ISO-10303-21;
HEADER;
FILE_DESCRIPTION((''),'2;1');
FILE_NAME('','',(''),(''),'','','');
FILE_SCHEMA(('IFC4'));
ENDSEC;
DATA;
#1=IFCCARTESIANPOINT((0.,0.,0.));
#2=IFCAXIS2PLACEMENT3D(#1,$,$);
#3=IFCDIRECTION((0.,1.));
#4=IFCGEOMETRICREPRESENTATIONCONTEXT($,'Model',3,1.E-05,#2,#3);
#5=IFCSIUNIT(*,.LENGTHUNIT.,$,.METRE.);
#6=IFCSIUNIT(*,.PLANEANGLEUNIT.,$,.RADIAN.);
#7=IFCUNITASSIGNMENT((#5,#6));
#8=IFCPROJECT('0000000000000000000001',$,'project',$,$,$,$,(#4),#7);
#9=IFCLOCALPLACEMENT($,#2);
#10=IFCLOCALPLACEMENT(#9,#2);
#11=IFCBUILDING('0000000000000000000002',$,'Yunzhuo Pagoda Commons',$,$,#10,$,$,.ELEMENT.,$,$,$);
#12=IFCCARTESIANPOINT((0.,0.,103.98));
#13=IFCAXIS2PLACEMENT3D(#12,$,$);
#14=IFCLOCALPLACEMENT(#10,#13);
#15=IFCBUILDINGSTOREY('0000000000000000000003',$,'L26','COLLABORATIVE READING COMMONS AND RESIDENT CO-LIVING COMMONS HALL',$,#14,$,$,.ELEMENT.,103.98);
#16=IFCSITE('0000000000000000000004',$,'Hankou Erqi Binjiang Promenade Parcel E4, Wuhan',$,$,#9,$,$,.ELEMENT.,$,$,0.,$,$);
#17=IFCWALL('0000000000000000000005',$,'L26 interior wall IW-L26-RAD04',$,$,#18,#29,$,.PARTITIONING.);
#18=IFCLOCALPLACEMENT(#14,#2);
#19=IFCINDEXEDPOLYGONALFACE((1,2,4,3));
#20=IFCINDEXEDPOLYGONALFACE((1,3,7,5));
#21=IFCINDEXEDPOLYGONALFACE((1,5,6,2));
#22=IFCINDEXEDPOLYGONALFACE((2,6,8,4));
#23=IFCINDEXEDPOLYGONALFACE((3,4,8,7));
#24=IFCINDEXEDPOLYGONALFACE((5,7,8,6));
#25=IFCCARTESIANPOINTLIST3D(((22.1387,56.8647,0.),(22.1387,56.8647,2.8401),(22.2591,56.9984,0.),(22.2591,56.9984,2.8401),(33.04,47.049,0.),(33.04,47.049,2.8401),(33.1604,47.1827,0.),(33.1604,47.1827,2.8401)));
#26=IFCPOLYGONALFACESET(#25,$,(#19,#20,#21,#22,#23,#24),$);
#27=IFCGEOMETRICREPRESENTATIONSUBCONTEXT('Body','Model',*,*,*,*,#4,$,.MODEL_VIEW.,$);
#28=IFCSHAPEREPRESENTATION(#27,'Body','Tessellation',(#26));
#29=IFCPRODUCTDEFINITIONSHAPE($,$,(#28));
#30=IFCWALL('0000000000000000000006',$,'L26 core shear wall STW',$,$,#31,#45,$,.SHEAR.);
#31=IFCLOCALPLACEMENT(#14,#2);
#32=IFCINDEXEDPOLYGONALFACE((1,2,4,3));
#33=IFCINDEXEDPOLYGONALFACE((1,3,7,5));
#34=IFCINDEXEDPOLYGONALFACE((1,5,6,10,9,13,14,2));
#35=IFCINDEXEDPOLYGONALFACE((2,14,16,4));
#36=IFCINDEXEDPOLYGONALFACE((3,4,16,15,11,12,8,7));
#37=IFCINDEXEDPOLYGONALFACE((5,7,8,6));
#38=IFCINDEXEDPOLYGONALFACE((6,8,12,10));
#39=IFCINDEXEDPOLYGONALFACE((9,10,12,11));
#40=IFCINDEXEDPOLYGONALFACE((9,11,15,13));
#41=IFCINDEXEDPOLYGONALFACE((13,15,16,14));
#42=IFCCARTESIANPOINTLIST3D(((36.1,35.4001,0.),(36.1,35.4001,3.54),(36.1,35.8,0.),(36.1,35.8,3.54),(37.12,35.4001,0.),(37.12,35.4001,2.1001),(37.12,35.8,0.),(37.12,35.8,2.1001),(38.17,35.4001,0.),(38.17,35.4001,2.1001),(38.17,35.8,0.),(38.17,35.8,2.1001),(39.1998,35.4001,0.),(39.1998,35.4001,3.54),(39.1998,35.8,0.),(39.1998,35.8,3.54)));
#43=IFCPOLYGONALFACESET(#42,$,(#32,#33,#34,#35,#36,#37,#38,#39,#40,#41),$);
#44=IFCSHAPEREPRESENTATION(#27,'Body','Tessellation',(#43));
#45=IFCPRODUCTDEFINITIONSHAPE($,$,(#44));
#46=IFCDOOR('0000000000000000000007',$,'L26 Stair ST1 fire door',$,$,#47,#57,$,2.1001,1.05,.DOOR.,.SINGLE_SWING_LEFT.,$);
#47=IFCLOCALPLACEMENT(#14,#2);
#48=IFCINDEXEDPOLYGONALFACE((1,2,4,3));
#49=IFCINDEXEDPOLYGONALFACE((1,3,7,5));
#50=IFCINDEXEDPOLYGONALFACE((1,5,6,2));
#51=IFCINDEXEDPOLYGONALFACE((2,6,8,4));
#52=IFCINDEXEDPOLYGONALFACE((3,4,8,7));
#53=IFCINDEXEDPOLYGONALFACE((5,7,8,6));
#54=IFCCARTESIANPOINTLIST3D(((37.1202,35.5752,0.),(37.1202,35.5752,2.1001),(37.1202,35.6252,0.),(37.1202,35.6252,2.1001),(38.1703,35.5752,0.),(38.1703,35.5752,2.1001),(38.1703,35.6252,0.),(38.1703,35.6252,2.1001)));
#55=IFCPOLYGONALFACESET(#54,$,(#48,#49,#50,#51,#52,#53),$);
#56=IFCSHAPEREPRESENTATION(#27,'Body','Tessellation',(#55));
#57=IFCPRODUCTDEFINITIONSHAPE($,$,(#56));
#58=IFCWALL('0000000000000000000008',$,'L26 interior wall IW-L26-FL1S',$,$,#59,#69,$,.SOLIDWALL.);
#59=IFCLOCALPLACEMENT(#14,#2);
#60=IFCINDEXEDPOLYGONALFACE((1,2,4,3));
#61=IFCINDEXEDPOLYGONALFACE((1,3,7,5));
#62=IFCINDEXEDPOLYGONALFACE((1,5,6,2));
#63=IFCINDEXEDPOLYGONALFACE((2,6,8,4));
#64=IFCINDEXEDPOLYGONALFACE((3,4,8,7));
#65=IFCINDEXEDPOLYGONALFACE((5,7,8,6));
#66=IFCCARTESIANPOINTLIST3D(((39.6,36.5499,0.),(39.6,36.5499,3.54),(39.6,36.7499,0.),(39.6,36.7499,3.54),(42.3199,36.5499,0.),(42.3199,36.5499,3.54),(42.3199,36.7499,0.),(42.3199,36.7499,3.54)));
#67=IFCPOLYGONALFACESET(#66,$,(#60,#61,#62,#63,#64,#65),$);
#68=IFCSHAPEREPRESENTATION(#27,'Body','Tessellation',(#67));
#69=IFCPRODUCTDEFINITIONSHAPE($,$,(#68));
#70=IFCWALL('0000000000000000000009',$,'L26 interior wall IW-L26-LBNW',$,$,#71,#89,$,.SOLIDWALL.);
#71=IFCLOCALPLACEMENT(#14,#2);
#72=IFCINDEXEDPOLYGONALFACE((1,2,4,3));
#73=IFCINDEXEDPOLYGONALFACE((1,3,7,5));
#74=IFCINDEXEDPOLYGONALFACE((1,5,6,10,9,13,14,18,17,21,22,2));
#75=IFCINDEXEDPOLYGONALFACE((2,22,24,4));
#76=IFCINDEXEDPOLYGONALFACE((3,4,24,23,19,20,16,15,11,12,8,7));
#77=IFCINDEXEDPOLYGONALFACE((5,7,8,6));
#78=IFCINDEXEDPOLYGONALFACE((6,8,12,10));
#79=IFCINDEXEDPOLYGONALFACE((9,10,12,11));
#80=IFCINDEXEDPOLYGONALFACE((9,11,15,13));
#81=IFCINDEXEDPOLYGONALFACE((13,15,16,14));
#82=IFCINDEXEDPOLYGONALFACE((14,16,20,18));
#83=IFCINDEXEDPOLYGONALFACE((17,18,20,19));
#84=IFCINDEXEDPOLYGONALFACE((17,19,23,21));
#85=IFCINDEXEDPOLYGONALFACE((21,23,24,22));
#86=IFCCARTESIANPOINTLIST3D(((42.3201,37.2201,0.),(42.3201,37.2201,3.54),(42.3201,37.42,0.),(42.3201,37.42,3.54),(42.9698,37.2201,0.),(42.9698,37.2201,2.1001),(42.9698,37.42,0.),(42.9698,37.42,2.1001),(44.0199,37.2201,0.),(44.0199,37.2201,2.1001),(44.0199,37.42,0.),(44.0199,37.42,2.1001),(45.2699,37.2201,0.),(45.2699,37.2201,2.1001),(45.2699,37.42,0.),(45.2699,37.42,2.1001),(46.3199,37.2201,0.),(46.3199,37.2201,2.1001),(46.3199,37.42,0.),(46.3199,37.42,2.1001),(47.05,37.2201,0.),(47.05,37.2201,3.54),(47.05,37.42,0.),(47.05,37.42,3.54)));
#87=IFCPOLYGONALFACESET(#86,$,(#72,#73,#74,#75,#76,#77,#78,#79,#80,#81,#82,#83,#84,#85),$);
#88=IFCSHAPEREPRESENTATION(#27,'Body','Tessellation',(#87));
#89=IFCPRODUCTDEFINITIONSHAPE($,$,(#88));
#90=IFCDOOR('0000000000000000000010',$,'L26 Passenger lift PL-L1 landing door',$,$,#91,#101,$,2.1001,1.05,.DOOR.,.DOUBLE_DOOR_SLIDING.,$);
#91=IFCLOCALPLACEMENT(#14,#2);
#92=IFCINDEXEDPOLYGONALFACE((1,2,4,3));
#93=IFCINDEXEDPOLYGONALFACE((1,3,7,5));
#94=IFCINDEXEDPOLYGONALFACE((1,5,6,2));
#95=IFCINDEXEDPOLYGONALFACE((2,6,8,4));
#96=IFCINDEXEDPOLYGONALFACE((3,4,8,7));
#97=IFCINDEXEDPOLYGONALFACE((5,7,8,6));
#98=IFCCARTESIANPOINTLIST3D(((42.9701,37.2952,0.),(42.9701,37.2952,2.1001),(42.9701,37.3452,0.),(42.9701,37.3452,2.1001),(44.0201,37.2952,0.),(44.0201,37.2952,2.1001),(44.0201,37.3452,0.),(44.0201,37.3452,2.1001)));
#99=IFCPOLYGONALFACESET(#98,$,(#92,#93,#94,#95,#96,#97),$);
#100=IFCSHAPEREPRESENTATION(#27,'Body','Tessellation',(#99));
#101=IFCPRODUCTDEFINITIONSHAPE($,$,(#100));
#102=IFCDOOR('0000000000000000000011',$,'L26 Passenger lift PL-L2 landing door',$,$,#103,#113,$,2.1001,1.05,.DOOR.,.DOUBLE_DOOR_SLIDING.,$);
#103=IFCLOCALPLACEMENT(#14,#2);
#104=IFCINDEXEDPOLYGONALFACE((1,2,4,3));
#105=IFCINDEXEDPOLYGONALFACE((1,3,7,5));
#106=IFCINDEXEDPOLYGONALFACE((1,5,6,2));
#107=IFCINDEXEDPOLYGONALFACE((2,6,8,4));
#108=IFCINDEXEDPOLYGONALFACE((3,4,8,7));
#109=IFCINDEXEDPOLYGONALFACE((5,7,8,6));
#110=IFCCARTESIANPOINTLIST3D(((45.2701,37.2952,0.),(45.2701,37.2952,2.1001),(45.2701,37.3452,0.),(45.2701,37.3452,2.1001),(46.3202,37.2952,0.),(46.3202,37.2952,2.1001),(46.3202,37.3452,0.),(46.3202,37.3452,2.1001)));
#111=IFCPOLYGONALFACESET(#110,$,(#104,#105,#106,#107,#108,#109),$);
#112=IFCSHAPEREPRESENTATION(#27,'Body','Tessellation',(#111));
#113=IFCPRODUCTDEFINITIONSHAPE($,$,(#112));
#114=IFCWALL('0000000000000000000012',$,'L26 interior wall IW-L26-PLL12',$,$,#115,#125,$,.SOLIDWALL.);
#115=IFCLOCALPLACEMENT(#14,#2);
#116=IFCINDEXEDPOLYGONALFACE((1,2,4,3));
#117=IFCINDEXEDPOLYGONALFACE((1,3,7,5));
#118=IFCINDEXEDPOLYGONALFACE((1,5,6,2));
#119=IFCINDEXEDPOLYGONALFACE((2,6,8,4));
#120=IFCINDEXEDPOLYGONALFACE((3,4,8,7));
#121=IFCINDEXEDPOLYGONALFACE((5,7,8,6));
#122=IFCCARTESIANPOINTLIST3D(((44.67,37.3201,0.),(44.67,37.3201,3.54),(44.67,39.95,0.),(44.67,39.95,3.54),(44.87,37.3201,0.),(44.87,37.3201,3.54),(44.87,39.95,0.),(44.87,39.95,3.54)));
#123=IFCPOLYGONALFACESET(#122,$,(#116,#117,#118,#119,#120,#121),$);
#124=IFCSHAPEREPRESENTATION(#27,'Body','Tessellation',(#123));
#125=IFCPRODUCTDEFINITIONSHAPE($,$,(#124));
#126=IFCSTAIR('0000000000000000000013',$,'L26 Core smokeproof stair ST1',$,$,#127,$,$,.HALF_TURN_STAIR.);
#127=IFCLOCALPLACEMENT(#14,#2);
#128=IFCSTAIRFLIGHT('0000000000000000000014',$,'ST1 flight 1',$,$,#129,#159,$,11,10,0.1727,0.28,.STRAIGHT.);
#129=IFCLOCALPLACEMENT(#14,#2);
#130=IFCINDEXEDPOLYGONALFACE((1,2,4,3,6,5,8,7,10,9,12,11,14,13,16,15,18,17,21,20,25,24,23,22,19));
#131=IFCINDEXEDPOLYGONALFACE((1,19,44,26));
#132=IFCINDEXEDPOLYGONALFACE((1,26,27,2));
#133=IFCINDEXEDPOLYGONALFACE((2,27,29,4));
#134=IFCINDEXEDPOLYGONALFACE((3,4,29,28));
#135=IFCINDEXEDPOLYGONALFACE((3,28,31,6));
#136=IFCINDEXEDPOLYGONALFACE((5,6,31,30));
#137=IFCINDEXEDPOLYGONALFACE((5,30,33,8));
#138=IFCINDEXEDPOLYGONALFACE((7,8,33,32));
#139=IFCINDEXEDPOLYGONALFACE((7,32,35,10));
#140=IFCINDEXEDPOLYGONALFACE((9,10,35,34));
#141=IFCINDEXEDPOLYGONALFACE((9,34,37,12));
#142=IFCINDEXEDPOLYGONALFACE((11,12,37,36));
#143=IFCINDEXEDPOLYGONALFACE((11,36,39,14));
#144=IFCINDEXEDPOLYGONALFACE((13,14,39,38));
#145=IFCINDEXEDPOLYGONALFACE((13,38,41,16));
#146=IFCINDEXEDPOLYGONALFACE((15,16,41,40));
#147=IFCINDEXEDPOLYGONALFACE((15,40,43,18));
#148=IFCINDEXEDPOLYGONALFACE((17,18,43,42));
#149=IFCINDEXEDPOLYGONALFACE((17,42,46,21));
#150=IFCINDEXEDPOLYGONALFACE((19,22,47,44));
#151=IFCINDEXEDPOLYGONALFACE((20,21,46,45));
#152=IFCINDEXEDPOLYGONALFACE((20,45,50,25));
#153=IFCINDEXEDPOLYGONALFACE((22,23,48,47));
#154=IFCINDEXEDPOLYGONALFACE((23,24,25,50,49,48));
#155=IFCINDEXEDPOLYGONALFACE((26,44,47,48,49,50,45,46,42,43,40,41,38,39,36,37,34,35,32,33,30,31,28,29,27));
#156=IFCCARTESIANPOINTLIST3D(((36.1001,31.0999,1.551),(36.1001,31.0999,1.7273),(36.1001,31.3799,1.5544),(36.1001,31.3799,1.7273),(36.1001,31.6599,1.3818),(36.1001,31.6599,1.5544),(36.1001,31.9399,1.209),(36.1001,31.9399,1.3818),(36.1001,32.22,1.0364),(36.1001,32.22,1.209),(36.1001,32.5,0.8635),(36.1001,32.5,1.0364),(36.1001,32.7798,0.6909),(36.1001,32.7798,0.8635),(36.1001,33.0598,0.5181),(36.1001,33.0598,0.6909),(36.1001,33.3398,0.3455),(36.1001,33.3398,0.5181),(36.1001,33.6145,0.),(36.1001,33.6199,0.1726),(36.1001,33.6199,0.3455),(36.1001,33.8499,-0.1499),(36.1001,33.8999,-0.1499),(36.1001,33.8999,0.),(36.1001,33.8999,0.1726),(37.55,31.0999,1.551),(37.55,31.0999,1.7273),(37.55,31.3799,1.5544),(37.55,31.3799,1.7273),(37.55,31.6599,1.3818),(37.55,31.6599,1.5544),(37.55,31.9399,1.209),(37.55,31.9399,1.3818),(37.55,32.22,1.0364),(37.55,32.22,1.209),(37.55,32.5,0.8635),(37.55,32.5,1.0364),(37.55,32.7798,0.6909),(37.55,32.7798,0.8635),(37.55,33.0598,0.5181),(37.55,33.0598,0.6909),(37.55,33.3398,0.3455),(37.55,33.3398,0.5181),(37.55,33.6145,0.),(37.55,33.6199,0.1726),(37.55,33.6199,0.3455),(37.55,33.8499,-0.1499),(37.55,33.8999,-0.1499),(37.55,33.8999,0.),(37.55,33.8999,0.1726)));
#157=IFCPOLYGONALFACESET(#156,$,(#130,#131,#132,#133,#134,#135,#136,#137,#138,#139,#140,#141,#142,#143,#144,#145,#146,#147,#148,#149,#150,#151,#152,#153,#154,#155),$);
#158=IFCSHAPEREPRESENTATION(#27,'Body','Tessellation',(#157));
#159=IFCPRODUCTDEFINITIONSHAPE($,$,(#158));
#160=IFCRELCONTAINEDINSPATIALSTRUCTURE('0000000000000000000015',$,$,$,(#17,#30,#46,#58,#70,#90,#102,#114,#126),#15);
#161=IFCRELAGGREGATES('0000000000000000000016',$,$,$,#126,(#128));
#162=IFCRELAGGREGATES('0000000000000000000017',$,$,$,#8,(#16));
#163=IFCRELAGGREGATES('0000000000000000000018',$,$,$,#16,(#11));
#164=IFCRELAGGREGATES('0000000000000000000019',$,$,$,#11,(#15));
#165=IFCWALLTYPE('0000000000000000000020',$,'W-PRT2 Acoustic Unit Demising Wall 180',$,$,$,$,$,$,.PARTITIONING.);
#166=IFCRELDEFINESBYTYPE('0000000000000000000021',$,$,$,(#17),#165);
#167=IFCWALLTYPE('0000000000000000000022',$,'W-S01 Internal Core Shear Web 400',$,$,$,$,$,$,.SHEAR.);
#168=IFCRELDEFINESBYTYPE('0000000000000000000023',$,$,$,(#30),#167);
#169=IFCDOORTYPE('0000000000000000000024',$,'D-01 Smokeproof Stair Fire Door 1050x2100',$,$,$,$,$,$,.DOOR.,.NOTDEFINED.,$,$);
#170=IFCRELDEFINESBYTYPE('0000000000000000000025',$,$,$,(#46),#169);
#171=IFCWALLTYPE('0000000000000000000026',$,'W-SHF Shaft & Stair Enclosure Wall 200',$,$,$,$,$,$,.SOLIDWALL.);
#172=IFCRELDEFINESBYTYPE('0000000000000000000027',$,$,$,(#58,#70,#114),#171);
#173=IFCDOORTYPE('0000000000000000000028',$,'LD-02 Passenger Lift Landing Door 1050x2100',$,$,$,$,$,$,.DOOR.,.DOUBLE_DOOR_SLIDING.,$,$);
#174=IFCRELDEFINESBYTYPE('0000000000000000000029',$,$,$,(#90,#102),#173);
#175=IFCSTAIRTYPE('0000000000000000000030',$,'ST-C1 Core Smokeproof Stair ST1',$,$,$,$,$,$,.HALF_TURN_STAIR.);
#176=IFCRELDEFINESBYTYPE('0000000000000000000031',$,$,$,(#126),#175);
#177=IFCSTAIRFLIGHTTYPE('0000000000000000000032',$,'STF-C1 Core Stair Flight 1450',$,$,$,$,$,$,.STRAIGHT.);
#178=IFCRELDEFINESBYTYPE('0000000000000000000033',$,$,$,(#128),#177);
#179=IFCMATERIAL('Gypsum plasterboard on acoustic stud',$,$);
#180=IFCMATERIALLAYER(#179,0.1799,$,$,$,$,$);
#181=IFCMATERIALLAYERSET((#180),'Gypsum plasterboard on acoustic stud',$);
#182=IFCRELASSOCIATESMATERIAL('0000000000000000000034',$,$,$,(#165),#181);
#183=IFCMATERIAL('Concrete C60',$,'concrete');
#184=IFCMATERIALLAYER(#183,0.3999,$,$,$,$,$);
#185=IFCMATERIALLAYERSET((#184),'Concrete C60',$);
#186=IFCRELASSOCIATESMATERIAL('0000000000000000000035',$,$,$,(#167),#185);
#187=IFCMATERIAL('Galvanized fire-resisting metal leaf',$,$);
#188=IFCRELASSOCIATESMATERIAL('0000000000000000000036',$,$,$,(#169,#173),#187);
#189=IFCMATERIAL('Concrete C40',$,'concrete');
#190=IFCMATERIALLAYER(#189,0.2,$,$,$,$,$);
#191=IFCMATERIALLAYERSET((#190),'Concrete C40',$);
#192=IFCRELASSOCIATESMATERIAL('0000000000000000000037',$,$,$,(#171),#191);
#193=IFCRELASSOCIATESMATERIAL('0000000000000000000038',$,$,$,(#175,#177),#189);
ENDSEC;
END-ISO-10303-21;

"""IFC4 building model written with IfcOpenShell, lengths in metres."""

from ifc_helpers import new_model, si_unit, direction, frame, frame_2d, origin, place, context, subcontext, project, spatial, polyline, rectangle, outline, extrude, source, transform, mapped, material, layer, layer_set, type_object, element, fill, aggregate, save


model = new_model("IFC4")

# Units and contexts
model_context = context("Model", 3, precision=1e-05, world=origin(), true_north=direction((0.0, 1.0)))
body_context = subcontext(model_context, "Body", "Model", "MODEL_VIEW")
ifc_project = project(units=[si_unit("LENGTHUNIT", "METRE"), si_unit("PLANEANGLEUNIT", "RADIAN")], contexts=[model_context])

# Site, building, storey
site_placement = place(None, origin())
site = spatial("IfcSite", under=ifc_project, at=site_placement, Name="Hankou Erqi Binjiang Promenade Parcel E4, Wuhan", CompositionType="ELEMENT", RefElevation=0.0)
building_placement = place(site_placement, origin())
building = spatial("IfcBuilding", under=site, at=building_placement, Name="Yunzhuo Pagoda Commons", CompositionType="ELEMENT")
storey_placement = place(building_placement, frame((0.0, 0.0, 103.98)))
storey = spatial("IfcBuildingStorey", under=building, at=storey_placement, Name="L26", Description="COLLABORATIVE READING COMMONS AND RESIDENT CO-LIVING COMMONS HALL", CompositionType="ELEMENT", Elevation=103.98)

# Shared definitions
ifc_material_1 = material(Name="Concrete C60", Category="concrete")
ifc_material_2 = material(Name="Galvanized fire-resisting metal leaf")
shared_shape_1 = source(origin(), body_context, "Body", "SweptSolid", [
    extrude(rectangle(XDim=1.05, YDim=2.1001, at=frame_2d((0.5249, 1.05))), frame((0.0, 0.0249, 0.0), z_axis=(0.0, -1.0, 0.0), x_axis=(1.0, 0.0, 0.0)), (0.0, 0.0, 1.0), 0.05),
])

# Shared definitions
ifc_material_3 = material(Name="Gypsum plasterboard on acoustic stud")

# Wall
ifc_layer_1 = layer(ifc_material_3, 0.1799)
ifc_layer_set_1 = layer_set([ifc_layer_1], Name="Gypsum plasterboard on acoustic stud")
wall_type_1 = type_object("IfcWallType", Name="W-PRT2 Acoustic Unit Demising Wall 180", PredefinedType="PARTITIONING", material=ifc_layer_set_1)
wall_1_placement = place(storey_placement, frame((33.1001, 47.116, 0.0), z_axis=(0.0, 0.0, 1.0), x_axis=(-0.743144, 0.669132, 0.0)))
element("IfcWall", 1, at=wall_1_placement, inside=storey, type_object=wall_type_1, Name="L26 interior wall IW-L26-RAD04", PredefinedType="PARTITIONING", context=body_context, shape_type="SweptSolid", body=[
    extrude(rectangle(XDim=14.6692, YDim=0.1799, at=frame_2d((7.3345, 0.0))), origin(), (0.0, 0.0, 1.0), 2.8401),
])

# Wall, opening, door
ifc_layer_2 = layer(ifc_material_1, 0.3999)
ifc_layer_set_2 = layer_set([ifc_layer_2], Name="Concrete C60")
wall_type_2 = type_object("IfcWallType", Name="W-S01 Internal Core Shear Web 400", PredefinedType="SHEAR", material=ifc_layer_set_2)
wall_2_placement = place(storey_placement, frame((36.1001, 35.6001, 0.0), z_axis=(0.0, 0.0, 1.0), x_axis=(1.0, 0.0, 0.0)))
wall_2 = element("IfcWall", 2, at=wall_2_placement, inside=storey, type_object=wall_type_2, Name="L26 core shear wall STW", PredefinedType="SHEAR", context=body_context, shape_type="SweptSolid", body=[
    extrude(rectangle(XDim=3.0999, YDim=0.3999, at=frame_2d((1.5498, 0.0))), origin(), (0.0, 0.0, 1.0), 3.54),
])
opening_1_placement = place(wall_2_placement, frame((1.02, 0.0, 0.0)))
opening_1 = element("IfcOpeningElement", 3, at=opening_1_placement, cuts=wall_2, PredefinedType="OPENING", context=body_context, shape_type="SweptSolid", body=[
    extrude(rectangle(XDim=1.05, YDim=2.1001, at=frame_2d((0.5249, 1.05))), frame((0.0, 0.21, 0.0), z_axis=(0.0, -1.0, 0.0), x_axis=(1.0, 0.0, 0.0)), (0.0, 0.0, 1.0), 0.4199),
])
door_type_1 = type_object("IfcDoorType", Name="D-01 Smokeproof Stair Fire Door 1050x2100", OperationType="NOTDEFINED", PredefinedType="DOOR", material=ifc_material_2)
door_1_placement = place(opening_1_placement, frame((1.05, 0.0, 0.0), z_axis=(0.0, 0.0, 1.0), x_axis=(-1.0, 0.0, 0.0)))
door_1 = element("IfcDoor", 4, at=door_1_placement, inside=storey, type_object=door_type_1, Name="L26 Stair ST1 fire door", OperationType="SINGLE_SWING_LEFT", OverallHeight=2.1001, OverallWidth=1.05, PredefinedType="DOOR", context=body_context, shape_type="MappedRepresentation", body=[
    mapped(shared_shape_1, transform((0.0, 0.0, 0.0), scale=1.0)),
])
fill(opening_1, door_1)

# Wall
ifc_material_4 = material(Name="Concrete C40", Category="concrete")
ifc_layer_3 = layer(ifc_material_4, 0.2)
ifc_layer_set_3 = layer_set([ifc_layer_3], Name="Concrete C40")
wall_type_3 = type_object("IfcWallType", Name="W-SHF Shaft & Stair Enclosure Wall 200", PredefinedType="SOLIDWALL", material=ifc_layer_set_3)
wall_3_placement = place(storey_placement, frame((39.6001, 36.6499, 0.0), z_axis=(0.0, 0.0, 1.0), x_axis=(1.0, 0.0, 0.0)))
element("IfcWall", 5, at=wall_3_placement, inside=storey, type_object=wall_type_3, Name="L26 interior wall IW-L26-FL1S", PredefinedType="SOLIDWALL", context=body_context, shape_type="SweptSolid", body=[
    extrude(rectangle(XDim=2.72, YDim=0.2, at=frame_2d((1.3599, 0.0))), origin(), (0.0, 0.0, 1.0), 3.54),
])

# Wall, openings, doors
wall_4_placement = place(storey_placement, frame((42.3201, 37.3201, 0.0), z_axis=(0.0, 0.0, 1.0), x_axis=(1.0, 0.0, 0.0)))
wall_4 = element("IfcWall", 6, at=wall_4_placement, inside=storey, type_object=wall_type_3, Name="L26 interior wall IW-L26-LBNW", PredefinedType="SOLIDWALL", context=body_context, shape_type="SweptSolid", body=[
    extrude(rectangle(XDim=4.73, YDim=0.2, at=frame_2d((2.365, 0.0))), origin(), (0.0, 0.0, 1.0), 3.54),
])
opening_2_placement = place(wall_4_placement, frame((0.6499, 0.0, 0.0)))
opening_2 = element("IfcOpeningElement", 7, at=opening_2_placement, cuts=wall_4, PredefinedType="OPENING", context=body_context, shape_type="SweptSolid", body=[
    extrude(rectangle(XDim=1.05, YDim=2.1001, at=frame_2d((0.5249, 1.05))), frame((0.0, 0.1099, 0.0), z_axis=(0.0, -1.0, 0.0), x_axis=(1.0, 0.0, 0.0)), (0.0, 0.0, 1.0), 0.22),
])
opening_3_placement = place(wall_4_placement, frame((2.95, 0.0, 0.0)))
opening_3 = element("IfcOpeningElement", 8, at=opening_3_placement, cuts=wall_4, PredefinedType="OPENING", context=body_context, shape_type="SweptSolid", body=[
    extrude(rectangle(XDim=1.05, YDim=2.1001, at=frame_2d((0.5249, 1.05))), frame((0.0, 0.1099, 0.0), z_axis=(0.0, -1.0, 0.0), x_axis=(1.0, 0.0, 0.0)), (0.0, 0.0, 1.0), 0.22),
])
door_type_2 = type_object("IfcDoorType", Name="LD-02 Passenger Lift Landing Door 1050x2100", OperationType="DOUBLE_DOOR_SLIDING", PredefinedType="DOOR", material=ifc_material_2)
door_2_placement = place(opening_2_placement, frame((1.05, 0.0, 0.0), z_axis=(0.0, 0.0, 1.0), x_axis=(-1.0, 0.0, 0.0)))
door_2 = element("IfcDoor", 9, at=door_2_placement, inside=storey, type_object=door_type_2, Name="L26 Passenger lift PL-L1 landing door", OperationType="DOUBLE_DOOR_SLIDING", OverallHeight=2.1001, OverallWidth=1.05, PredefinedType="DOOR", context=body_context, shape_type="MappedRepresentation", body=[
    mapped(shared_shape_1, transform((0.0, 0.0, 0.0), scale=1.0)),
])
fill(opening_2, door_2)
door_3_placement = place(opening_3_placement, frame((1.05, 0.0, 0.0), z_axis=(0.0, 0.0, 1.0), x_axis=(-1.0, 0.0, 0.0)))
door_3 = element("IfcDoor", 10, at=door_3_placement, inside=storey, type_object=door_type_2, Name="L26 Passenger lift PL-L2 landing door", OperationType="DOUBLE_DOOR_SLIDING", OverallHeight=2.1001, OverallWidth=1.05, PredefinedType="DOOR", context=body_context, shape_type="MappedRepresentation", body=[
    mapped(shared_shape_1, transform((0.0, 0.0, 0.0), scale=1.0)),
])
fill(opening_3, door_3)

# Wall
wall_5_placement = place(storey_placement, frame((44.77, 37.3201, 0.0), z_axis=(0.0, 0.0, 1.0), x_axis=(0.0, 1.0, 0.0)))
element("IfcWall", 11, at=wall_5_placement, inside=storey, type_object=wall_type_3, Name="L26 interior wall IW-L26-PLL12", PredefinedType="SOLIDWALL", context=body_context, shape_type="SweptSolid", body=[
    extrude(rectangle(XDim=2.6299, YDim=0.2, at=frame_2d((1.3149, 0.0))), origin(), (0.0, 0.0, 1.0), 3.54),
])

# Stair, stair flight
stair_type = type_object("IfcStairType", Name="ST-C1 Core Smokeproof Stair ST1", PredefinedType="HALF_TURN_STAIR", material=ifc_material_4)
stair_placement = place(storey_placement, origin())
stair = element("IfcStair", 12, at=stair_placement, inside=storey, type_object=stair_type, Name="L26 Core smokeproof stair ST1", PredefinedType="HALF_TURN_STAIR")
stair_flight_type = type_object("IfcStairFlightType", Name="STF-C1 Core Stair Flight 1450", PredefinedType="STRAIGHT", material=ifc_material_4)
shared_shape_2 = source(origin(), body_context, "Body", "SweptSolid", [
    extrude(outline(polyline([(0.0, -0.1499), (0.0, 0.0), (0.0, 0.1726), (0.28, 0.1726), (0.28, 0.3455), (0.5601, 0.3455), (0.5601, 0.5181), (0.8401, 0.5181), (0.8401, 0.6909), (1.1201, 0.6909), (1.1201, 0.8635), (1.3999, 0.8635), (1.3999, 1.0364), (1.6799, 1.0364), (1.6799, 1.209), (1.96, 1.209), (1.96, 1.3818), (2.24, 1.3818), (2.24, 1.5544), (2.52, 1.5544), (2.52, 1.7273), (2.8, 1.7273), (2.8, 1.8999), (2.8, 1.551), (0.2854, 0.0), (0.05, -0.1499), (0.0, -0.1499)])), frame((0.0, 0.7251, 0.0), z_axis=(0.0, -1.0, 0.0), x_axis=(1.0, 0.0, 0.0)), (0.0, 0.0, 1.0), 1.45),
])
stair_flight_placement = place(storey_placement, frame((36.825, 33.8999, 0.0), z_axis=(0.0, 0.0, 1.0), x_axis=(0.0, -1.0, 0.0)))
stair_flight = element("IfcStairFlight", 13, at=stair_flight_placement, type_object=stair_flight_type, Name="ST1 flight 1", NumberOfRisers=11, NumberOfTreads=10, PredefinedType="STRAIGHT", RiserHeight=0.1727, TreadLength=0.28, context=body_context, shape_type="MappedRepresentation", body=[
    mapped(shared_shape_2, transform((0.0, 0.0, 0.0), scale=1.0)),
])
aggregate(stair, [stair_flight])

save(model, "model.ifc")
